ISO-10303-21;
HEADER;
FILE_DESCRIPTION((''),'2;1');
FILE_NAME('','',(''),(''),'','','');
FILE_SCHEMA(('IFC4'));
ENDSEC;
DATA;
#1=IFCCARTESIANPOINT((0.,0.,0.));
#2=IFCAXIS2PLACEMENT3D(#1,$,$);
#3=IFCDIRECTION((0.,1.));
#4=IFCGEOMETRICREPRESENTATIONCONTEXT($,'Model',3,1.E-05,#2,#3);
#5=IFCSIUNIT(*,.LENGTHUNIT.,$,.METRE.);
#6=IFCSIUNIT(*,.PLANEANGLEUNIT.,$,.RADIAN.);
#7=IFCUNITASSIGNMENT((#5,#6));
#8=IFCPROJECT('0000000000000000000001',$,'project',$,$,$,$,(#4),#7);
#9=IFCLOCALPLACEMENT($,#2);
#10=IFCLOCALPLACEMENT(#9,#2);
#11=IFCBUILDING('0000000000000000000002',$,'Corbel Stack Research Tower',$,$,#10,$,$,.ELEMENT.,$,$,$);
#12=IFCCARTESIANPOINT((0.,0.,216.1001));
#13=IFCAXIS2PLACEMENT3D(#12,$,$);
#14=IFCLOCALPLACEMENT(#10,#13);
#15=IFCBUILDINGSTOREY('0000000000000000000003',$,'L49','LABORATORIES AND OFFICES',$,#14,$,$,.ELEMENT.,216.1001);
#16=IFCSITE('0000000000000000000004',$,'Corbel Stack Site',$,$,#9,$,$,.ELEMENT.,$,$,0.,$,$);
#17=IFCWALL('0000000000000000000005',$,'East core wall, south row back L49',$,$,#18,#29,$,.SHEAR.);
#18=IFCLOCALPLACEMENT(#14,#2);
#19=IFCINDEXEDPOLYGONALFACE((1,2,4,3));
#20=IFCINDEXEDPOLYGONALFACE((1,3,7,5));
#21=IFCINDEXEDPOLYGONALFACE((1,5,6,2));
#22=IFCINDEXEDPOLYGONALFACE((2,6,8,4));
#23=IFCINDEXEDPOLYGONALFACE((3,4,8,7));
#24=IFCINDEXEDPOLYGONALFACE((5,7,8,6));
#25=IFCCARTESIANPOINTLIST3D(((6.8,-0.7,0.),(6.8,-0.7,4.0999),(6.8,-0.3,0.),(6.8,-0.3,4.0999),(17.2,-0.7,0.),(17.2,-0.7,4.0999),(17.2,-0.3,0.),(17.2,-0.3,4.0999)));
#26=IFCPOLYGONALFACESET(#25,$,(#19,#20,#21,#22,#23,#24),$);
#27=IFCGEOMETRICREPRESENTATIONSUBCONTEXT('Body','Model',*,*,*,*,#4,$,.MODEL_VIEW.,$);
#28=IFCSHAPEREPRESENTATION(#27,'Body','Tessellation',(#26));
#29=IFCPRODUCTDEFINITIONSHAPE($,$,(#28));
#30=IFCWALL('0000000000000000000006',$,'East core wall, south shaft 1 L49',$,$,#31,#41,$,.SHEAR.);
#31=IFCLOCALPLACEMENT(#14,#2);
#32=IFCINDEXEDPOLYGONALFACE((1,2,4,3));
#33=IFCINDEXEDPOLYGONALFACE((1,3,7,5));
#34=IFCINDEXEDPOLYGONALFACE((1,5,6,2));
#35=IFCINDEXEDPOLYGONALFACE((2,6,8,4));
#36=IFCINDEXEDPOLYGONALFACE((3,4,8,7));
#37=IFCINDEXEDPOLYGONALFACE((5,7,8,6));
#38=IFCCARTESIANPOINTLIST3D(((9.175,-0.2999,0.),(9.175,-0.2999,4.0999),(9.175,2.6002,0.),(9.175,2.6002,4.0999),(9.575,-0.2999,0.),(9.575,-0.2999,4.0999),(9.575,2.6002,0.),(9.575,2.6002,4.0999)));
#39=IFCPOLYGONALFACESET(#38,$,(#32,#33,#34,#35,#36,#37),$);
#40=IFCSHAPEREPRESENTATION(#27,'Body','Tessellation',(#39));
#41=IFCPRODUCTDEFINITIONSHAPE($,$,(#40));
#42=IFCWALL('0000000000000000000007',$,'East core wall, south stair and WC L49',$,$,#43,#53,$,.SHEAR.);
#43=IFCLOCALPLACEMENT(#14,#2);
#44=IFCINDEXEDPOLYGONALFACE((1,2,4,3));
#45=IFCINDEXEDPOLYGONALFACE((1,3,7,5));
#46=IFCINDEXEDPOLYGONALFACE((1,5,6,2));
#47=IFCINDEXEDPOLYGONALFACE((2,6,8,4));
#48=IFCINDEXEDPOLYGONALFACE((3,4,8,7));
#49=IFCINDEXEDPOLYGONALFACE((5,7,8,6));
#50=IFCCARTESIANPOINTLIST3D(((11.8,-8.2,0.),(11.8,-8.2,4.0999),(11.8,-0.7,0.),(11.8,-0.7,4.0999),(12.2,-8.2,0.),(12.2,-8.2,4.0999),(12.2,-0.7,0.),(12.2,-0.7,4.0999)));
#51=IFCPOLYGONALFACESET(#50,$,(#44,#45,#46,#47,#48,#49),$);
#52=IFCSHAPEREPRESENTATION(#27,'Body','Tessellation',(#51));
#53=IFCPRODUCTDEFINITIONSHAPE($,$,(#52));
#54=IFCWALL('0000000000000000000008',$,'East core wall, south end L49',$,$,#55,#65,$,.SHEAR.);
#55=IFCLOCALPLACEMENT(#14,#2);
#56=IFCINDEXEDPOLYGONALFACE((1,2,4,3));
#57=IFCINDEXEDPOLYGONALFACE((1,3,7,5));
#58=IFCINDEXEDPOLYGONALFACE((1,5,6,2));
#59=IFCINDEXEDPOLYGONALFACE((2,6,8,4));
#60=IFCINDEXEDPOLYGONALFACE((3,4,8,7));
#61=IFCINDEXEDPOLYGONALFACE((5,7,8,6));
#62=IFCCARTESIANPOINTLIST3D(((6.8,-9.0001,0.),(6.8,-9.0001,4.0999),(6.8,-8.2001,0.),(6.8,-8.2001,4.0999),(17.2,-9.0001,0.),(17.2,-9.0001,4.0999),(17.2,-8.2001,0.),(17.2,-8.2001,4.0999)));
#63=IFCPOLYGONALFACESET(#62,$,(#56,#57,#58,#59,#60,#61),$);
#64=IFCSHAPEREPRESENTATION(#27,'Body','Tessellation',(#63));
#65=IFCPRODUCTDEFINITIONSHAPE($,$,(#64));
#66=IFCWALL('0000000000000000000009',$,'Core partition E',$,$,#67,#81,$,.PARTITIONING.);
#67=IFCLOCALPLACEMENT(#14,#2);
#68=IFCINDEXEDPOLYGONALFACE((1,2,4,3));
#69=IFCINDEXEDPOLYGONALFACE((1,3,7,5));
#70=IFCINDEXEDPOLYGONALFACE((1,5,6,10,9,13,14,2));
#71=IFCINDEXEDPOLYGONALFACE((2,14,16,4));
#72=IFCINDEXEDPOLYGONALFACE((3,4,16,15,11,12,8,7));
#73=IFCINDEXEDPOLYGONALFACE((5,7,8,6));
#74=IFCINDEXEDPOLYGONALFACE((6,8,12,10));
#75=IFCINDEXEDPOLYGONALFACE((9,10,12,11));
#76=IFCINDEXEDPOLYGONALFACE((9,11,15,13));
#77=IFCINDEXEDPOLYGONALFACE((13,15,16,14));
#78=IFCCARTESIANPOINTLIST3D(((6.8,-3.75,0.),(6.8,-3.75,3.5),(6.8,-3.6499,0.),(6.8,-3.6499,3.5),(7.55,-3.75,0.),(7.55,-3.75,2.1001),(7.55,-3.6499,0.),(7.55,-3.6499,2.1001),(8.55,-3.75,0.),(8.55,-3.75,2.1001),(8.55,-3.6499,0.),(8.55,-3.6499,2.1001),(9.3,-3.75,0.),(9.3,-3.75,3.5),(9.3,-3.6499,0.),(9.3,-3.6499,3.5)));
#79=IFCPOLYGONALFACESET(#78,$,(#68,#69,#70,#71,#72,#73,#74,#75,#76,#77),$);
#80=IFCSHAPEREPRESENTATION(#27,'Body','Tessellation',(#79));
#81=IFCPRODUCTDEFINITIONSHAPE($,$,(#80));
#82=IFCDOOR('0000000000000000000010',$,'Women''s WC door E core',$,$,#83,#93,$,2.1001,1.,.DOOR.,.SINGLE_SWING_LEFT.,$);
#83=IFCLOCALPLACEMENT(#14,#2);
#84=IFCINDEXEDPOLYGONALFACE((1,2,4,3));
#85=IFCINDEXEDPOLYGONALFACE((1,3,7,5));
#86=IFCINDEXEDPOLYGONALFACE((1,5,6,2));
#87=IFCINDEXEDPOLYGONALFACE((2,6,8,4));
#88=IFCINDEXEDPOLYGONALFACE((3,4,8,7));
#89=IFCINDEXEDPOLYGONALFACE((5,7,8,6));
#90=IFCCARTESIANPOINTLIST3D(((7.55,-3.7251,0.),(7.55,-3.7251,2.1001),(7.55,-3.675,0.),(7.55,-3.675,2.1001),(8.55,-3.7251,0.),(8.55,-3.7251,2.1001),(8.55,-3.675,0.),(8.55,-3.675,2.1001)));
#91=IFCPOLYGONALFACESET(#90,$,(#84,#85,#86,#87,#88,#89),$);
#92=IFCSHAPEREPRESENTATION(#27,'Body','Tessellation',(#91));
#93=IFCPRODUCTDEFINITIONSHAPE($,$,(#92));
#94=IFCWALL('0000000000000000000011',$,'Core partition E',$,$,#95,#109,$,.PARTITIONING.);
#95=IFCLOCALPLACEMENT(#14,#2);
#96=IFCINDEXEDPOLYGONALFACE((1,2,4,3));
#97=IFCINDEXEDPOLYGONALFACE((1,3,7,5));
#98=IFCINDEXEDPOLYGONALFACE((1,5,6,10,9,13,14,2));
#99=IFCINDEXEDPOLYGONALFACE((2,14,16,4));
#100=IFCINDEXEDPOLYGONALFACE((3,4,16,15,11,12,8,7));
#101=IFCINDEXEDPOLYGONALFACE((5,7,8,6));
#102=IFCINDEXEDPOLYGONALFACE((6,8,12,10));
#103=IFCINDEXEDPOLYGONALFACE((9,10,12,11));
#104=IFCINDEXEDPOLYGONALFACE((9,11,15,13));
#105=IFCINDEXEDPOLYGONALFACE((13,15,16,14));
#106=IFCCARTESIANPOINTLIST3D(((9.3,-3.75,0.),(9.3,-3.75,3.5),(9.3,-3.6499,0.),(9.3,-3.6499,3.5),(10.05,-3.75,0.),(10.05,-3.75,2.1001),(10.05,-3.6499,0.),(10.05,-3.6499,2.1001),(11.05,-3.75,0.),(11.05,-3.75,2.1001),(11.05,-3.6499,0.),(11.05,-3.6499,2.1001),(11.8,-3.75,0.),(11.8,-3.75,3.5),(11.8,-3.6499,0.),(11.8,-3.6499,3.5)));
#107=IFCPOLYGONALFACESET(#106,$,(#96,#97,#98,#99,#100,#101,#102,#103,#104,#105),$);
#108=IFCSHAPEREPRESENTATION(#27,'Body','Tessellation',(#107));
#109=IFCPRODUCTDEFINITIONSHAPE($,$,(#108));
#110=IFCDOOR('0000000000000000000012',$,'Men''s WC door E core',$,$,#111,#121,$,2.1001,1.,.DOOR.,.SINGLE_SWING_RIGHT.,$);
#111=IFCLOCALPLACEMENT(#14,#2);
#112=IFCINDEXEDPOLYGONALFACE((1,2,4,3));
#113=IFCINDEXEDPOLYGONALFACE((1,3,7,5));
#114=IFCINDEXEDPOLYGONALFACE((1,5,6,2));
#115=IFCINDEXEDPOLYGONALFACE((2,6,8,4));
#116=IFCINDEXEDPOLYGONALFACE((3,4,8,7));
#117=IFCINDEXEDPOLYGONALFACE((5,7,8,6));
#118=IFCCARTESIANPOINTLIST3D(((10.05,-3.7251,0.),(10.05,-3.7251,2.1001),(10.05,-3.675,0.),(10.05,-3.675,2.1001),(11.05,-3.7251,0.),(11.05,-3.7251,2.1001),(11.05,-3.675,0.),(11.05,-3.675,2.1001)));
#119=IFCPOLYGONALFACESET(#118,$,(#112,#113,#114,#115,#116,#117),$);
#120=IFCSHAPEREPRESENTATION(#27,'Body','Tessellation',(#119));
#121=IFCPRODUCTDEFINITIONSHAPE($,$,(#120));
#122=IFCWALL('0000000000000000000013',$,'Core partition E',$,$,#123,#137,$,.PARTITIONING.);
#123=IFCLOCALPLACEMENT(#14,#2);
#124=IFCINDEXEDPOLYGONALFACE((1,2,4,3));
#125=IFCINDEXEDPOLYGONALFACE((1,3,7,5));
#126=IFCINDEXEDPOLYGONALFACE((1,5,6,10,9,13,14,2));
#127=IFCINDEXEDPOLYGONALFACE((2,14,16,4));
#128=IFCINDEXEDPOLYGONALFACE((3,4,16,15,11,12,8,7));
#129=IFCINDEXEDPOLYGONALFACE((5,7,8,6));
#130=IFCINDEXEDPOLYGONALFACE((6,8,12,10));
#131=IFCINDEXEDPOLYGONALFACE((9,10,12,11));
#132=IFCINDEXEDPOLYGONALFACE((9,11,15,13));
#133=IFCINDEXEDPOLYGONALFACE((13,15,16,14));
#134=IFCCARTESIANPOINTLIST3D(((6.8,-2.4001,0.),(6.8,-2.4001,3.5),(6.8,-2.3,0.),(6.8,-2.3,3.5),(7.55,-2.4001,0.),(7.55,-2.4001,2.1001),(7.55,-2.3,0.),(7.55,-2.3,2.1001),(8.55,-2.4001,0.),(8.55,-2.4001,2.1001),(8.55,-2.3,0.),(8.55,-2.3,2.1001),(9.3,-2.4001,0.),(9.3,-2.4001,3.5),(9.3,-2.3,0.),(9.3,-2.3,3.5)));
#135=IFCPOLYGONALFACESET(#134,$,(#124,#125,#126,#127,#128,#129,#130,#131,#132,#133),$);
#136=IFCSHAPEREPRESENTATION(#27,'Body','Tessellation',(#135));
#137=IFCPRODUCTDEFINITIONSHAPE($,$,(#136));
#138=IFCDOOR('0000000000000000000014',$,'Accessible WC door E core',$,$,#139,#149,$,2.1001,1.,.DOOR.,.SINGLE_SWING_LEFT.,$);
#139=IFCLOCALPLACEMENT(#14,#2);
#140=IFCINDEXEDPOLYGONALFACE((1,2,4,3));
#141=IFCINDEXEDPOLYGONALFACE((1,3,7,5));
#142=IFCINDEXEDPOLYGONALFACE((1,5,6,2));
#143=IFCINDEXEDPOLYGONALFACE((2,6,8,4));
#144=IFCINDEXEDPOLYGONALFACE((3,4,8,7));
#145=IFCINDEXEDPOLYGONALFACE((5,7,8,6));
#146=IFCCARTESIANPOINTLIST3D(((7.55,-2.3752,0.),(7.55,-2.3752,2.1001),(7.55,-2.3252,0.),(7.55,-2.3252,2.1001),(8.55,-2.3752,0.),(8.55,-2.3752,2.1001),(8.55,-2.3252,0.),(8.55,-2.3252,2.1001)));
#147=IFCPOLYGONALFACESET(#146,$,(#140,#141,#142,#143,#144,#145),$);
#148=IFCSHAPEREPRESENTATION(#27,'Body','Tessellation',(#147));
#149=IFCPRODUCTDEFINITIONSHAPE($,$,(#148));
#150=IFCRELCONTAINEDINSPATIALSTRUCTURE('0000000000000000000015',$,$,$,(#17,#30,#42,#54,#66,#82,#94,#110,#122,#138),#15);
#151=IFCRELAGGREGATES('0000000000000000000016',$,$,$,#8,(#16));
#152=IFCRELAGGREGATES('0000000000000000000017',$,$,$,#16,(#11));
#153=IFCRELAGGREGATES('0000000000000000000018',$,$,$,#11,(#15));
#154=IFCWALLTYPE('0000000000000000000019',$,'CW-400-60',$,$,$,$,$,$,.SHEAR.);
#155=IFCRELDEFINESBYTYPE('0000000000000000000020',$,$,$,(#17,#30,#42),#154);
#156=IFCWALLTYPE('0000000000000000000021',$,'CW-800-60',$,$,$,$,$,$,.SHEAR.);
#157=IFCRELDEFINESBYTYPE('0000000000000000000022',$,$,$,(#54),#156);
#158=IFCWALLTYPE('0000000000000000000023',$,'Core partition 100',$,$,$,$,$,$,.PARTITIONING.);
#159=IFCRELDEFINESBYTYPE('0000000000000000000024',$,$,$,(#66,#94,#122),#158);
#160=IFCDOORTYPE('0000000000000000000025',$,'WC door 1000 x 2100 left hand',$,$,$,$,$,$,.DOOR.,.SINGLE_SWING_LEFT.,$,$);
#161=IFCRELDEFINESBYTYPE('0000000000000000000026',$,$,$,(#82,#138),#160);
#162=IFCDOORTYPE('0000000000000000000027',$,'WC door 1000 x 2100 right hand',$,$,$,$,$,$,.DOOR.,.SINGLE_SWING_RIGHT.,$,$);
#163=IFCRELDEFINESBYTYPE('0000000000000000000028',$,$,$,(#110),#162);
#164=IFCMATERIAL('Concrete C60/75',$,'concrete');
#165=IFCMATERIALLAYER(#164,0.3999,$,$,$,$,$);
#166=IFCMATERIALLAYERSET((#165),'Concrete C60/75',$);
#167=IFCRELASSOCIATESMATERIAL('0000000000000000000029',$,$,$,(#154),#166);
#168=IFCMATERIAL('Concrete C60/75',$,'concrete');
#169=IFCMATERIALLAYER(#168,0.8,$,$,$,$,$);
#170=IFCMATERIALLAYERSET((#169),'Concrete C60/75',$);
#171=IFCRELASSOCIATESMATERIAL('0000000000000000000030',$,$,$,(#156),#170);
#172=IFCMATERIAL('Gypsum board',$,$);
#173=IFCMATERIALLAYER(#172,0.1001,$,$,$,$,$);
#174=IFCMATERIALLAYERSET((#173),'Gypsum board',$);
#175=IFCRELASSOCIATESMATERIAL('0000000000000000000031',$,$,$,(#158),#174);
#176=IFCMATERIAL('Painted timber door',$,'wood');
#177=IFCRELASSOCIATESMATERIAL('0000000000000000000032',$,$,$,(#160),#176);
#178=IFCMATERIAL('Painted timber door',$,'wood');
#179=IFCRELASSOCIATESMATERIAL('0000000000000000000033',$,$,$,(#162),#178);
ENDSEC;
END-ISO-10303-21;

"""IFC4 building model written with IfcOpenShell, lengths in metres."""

from ifc_helpers import new_model, si_unit, direction, frame, frame_2d, origin, place, context, subcontext, project, spatial, rectangle, extrude, material, layer, layer_set, type_object, element, fill, save


model = new_model("IFC4")

# Units and contexts
model_context = context("Model", 3, precision=1e-05, world=origin(), true_north=direction((0.0, 1.0)))
body_context = subcontext(model_context, "Body", "Model", "MODEL_VIEW")
ifc_project = project(units=[si_unit("LENGTHUNIT", "METRE"), si_unit("PLANEANGLEUNIT", "RADIAN")], contexts=[model_context])

# Site, building, storey
site_placement = place(None, origin())
site = spatial("IfcSite", under=ifc_project, at=site_placement, Name="Corbel Stack Site", CompositionType="ELEMENT", RefElevation=0.0)
building_placement = place(site_placement, origin())
building = spatial("IfcBuilding", under=site, at=building_placement, Name="Corbel Stack Research Tower", CompositionType="ELEMENT")
storey_placement = place(building_placement, frame((0.0, 0.0, 216.1001)))
storey = spatial("IfcBuildingStorey", under=building, at=storey_placement, Name="L49", Description="LABORATORIES AND OFFICES", CompositionType="ELEMENT", Elevation=216.1001)

# Walls
ifc_material_1 = material(Name="Concrete C60/75", Category="concrete")
ifc_layer_1 = layer(ifc_material_1, 0.3999)
ifc_layer_set_1 = layer_set([ifc_layer_1], Name="Concrete C60/75")
wall_type_1 = type_object("IfcWallType", Name="CW-400-60", PredefinedType="SHEAR", material=ifc_layer_set_1)
wall_1_placement = place(storey_placement, frame((6.8, -0.5, 0.0), z_axis=(0.0, 0.0, 1.0), x_axis=(1.0, 0.0, 0.0)))
element("IfcWall", 1, at=wall_1_placement, inside=storey, type_object=wall_type_1, Name="East core wall, south row back L49", PredefinedType="SHEAR", context=body_context, shape_type="SweptSolid", body=[
    extrude(rectangle(XDim=10.3999, YDim=0.3999, at=frame_2d((5.2, 0.0))), origin(), (0.0, 0.0, 1.0), 4.0999),
])
wall_2_placement = place(storey_placement, frame((9.375, -0.3, 0.0), z_axis=(0.0, 0.0, 1.0), x_axis=(0.0, 1.0, 0.0)))
element("IfcWall", 2, at=wall_2_placement, inside=storey, type_object=wall_type_1, Name="East core wall, south shaft 1 L49", PredefinedType="SHEAR", context=body_context, shape_type="SweptSolid", body=[
    extrude(rectangle(XDim=2.9001, YDim=0.3999, at=frame_2d((1.4502, 0.0))), origin(), (0.0, 0.0, 1.0), 4.0999),
])
wall_3_placement = place(storey_placement, frame((12.0, -8.2, 0.0), z_axis=(0.0, 0.0, 1.0), x_axis=(0.0, 1.0, 0.0)))
element("IfcWall", 3, at=wall_3_placement, inside=storey, type_object=wall_type_1, Name="East core wall, south stair and WC L49", PredefinedType="SHEAR", context=body_context, shape_type="SweptSolid", body=[
    extrude(rectangle(XDim=7.5, YDim=0.3999, at=frame_2d((3.75, 0.0))), origin(), (0.0, 0.0, 1.0), 4.0999),
])
ifc_material_2 = material(Name="Concrete C60/75", Category="concrete")
ifc_layer_2 = layer(ifc_material_2, 0.8)
ifc_layer_set_2 = layer_set([ifc_layer_2], Name="Concrete C60/75")
wall_type_2 = type_object("IfcWallType", Name="CW-800-60", PredefinedType="SHEAR", material=ifc_layer_set_2)
wall_4_placement = place(storey_placement, frame((6.8, -8.6001, 0.0), z_axis=(0.0, 0.0, 1.0), x_axis=(1.0, 0.0, 0.0)))
element("IfcWall", 4, at=wall_4_placement, inside=storey, type_object=wall_type_2, Name="East core wall, south end L49", PredefinedType="SHEAR", context=body_context, shape_type="SweptSolid", body=[
    extrude(rectangle(XDim=10.3999, YDim=0.8, at=frame_2d((5.2, 0.0))), origin(), (0.0, 0.0, 1.0), 4.0999),
])

# Walls, openings, doors
ifc_material_3 = material(Name="Gypsum board")
ifc_layer_3 = layer(ifc_material_3, 0.1001)
ifc_layer_set_3 = layer_set([ifc_layer_3], Name="Gypsum board")
wall_type_3 = type_object("IfcWallType", Name="Core partition 100", PredefinedType="PARTITIONING", material=ifc_layer_set_3)
wall_5_placement = place(storey_placement, frame((6.8, -3.7, 0.0), z_axis=(0.0, 0.0, 1.0), x_axis=(1.0, 0.0, 0.0)))
wall_5 = element("IfcWall", 5, at=wall_5_placement, inside=storey, type_object=wall_type_3, Name="Core partition E", PredefinedType="PARTITIONING", context=body_context, shape_type="SweptSolid", body=[
    extrude(rectangle(XDim=2.5, YDim=0.1001, at=frame_2d((1.25, 0.0))), origin(), (0.0, 0.0, 1.0), 3.5),
])
opening_1_placement = place(wall_5_placement, frame((0.75, 0.0, 0.0)))
opening_1 = element("IfcOpeningElement", 6, at=opening_1_placement, cuts=wall_5, PredefinedType="OPENING", context=body_context, shape_type="SweptSolid", body=[
    extrude(rectangle(XDim=1.0, YDim=2.1001, at=frame_2d((0.5, 1.05))), frame((0.0, 0.0601, 0.0), z_axis=(0.0, -1.0, 0.0), x_axis=(1.0, 0.0, 0.0)), (0.0, 0.0, 1.0), 0.1201),
])
ifc_material_4 = material(Name="Painted timber door", Category="wood")
door_type_1 = type_object("IfcDoorType", Name="WC door 1000 x 2100 left hand", OperationType="SINGLE_SWING_LEFT", PredefinedType="DOOR", material=ifc_material_4)
door_1_placement = place(opening_1_placement, origin())
door_1 = element("IfcDoor", 7, at=door_1_placement, inside=storey, type_object=door_type_1, Name="Women's WC door E core", OperationType="SINGLE_SWING_LEFT", OverallHeight=2.1001, OverallWidth=1.0, PredefinedType="DOOR", context=body_context, shape_type="SweptSolid", body=[
    extrude(rectangle(XDim=1.0, YDim=2.1001, at=frame_2d((0.5, 1.05))), frame((0.0, 0.0249, 0.0), z_axis=(0.0, -1.0, 0.0), x_axis=(1.0, 0.0, 0.0)), (0.0, 0.0, 1.0), 0.05),
])
fill(opening_1, door_1)
wall_6_placement = place(storey_placement, frame((9.3, -3.7, 0.0), z_axis=(0.0, 0.0, 1.0), x_axis=(1.0, 0.0, 0.0)))
wall_6 = element("IfcWall", 8, at=wall_6_placement, inside=storey, type_object=wall_type_3, Name="Core partition E", PredefinedType="PARTITIONING", context=body_context, shape_type="SweptSolid", body=[
    extrude(rectangle(XDim=2.5, YDim=0.1001, at=frame_2d((1.25, 0.0))), origin(), (0.0, 0.0, 1.0), 3.5),
])
opening_2_placement = place(wall_6_placement, frame((0.75, 0.0, 0.0)))
opening_2 = element("IfcOpeningElement", 9, at=opening_2_placement, cuts=wall_6, PredefinedType="OPENING", context=body_context, shape_type="SweptSolid", body=[
    extrude(rectangle(XDim=1.0, YDim=2.1001, at=frame_2d((0.5, 1.05))), frame((0.0, 0.0601, 0.0), z_axis=(0.0, -1.0, 0.0), x_axis=(1.0, 0.0, 0.0)), (0.0, 0.0, 1.0), 0.1201),
])
ifc_material_5 = material(Name="Painted timber door", Category="wood")
door_type_2 = type_object("IfcDoorType", Name="WC door 1000 x 2100 right hand", OperationType="SINGLE_SWING_RIGHT", PredefinedType="DOOR", material=ifc_material_5)
door_2_placement = place(opening_2_placement, origin())
door_2 = element("IfcDoor", 10, at=door_2_placement, inside=storey, type_object=door_type_2, Name="Men's WC door E core", OperationType="SINGLE_SWING_RIGHT", OverallHeight=2.1001, OverallWidth=1.0, PredefinedType="DOOR", context=body_context, shape_type="SweptSolid", body=[
    extrude(rectangle(XDim=1.0, YDim=2.1001, at=frame_2d((0.5, 1.05))), frame((0.0, 0.0249, 0.0), z_axis=(0.0, -1.0, 0.0), x_axis=(1.0, 0.0, 0.0)), (0.0, 0.0, 1.0), 0.05),
])
fill(opening_2, door_2)
wall_7_placement = place(storey_placement, frame((6.8, -2.3501, 0.0), z_axis=(0.0, 0.0, 1.0), x_axis=(1.0, 0.0, 0.0)))
wall_7 = element("IfcWall", 11, at=wall_7_placement, inside=storey, type_object=wall_type_3, Name="Core partition E", PredefinedType="PARTITIONING", context=body_context, shape_type="SweptSolid", body=[
    extrude(rectangle(XDim=2.5, YDim=0.1001, at=frame_2d((1.25, 0.0))), origin(), (0.0, 0.0, 1.0), 3.5),
])
opening_3_placement = place(wall_7_placement, frame((0.75, 0.0, 0.0)))
opening_3 = element("IfcOpeningElement", 12, at=opening_3_placement, cuts=wall_7, PredefinedType="OPENING", context=body_context, shape_type="SweptSolid", body=[
    extrude(rectangle(XDim=1.0, YDim=2.1001, at=frame_2d((0.5, 1.05))), frame((0.0, 0.0601, 0.0), z_axis=(0.0, -1.0, 0.0), x_axis=(1.0, 0.0, 0.0)), (0.0, 0.0, 1.0), 0.1201),
])
door_3_placement = place(opening_3_placement, origin())
door_3 = element("IfcDoor", 13, at=door_3_placement, inside=storey, type_object=door_type_1, Name="Accessible WC door E core", OperationType="SINGLE_SWING_LEFT", OverallHeight=2.1001, OverallWidth=1.0, PredefinedType="DOOR", context=body_context, shape_type="SweptSolid", body=[
    extrude(rectangle(XDim=1.0, YDim=2.1001, at=frame_2d((0.5, 1.05))), frame((0.0, 0.0249, 0.0), z_axis=(0.0, -1.0, 0.0), x_axis=(1.0, 0.0, 0.0)), (0.0, 0.0, 1.0), 0.05),
])
fill(opening_3, door_3)

save(model, "model.ifc")
